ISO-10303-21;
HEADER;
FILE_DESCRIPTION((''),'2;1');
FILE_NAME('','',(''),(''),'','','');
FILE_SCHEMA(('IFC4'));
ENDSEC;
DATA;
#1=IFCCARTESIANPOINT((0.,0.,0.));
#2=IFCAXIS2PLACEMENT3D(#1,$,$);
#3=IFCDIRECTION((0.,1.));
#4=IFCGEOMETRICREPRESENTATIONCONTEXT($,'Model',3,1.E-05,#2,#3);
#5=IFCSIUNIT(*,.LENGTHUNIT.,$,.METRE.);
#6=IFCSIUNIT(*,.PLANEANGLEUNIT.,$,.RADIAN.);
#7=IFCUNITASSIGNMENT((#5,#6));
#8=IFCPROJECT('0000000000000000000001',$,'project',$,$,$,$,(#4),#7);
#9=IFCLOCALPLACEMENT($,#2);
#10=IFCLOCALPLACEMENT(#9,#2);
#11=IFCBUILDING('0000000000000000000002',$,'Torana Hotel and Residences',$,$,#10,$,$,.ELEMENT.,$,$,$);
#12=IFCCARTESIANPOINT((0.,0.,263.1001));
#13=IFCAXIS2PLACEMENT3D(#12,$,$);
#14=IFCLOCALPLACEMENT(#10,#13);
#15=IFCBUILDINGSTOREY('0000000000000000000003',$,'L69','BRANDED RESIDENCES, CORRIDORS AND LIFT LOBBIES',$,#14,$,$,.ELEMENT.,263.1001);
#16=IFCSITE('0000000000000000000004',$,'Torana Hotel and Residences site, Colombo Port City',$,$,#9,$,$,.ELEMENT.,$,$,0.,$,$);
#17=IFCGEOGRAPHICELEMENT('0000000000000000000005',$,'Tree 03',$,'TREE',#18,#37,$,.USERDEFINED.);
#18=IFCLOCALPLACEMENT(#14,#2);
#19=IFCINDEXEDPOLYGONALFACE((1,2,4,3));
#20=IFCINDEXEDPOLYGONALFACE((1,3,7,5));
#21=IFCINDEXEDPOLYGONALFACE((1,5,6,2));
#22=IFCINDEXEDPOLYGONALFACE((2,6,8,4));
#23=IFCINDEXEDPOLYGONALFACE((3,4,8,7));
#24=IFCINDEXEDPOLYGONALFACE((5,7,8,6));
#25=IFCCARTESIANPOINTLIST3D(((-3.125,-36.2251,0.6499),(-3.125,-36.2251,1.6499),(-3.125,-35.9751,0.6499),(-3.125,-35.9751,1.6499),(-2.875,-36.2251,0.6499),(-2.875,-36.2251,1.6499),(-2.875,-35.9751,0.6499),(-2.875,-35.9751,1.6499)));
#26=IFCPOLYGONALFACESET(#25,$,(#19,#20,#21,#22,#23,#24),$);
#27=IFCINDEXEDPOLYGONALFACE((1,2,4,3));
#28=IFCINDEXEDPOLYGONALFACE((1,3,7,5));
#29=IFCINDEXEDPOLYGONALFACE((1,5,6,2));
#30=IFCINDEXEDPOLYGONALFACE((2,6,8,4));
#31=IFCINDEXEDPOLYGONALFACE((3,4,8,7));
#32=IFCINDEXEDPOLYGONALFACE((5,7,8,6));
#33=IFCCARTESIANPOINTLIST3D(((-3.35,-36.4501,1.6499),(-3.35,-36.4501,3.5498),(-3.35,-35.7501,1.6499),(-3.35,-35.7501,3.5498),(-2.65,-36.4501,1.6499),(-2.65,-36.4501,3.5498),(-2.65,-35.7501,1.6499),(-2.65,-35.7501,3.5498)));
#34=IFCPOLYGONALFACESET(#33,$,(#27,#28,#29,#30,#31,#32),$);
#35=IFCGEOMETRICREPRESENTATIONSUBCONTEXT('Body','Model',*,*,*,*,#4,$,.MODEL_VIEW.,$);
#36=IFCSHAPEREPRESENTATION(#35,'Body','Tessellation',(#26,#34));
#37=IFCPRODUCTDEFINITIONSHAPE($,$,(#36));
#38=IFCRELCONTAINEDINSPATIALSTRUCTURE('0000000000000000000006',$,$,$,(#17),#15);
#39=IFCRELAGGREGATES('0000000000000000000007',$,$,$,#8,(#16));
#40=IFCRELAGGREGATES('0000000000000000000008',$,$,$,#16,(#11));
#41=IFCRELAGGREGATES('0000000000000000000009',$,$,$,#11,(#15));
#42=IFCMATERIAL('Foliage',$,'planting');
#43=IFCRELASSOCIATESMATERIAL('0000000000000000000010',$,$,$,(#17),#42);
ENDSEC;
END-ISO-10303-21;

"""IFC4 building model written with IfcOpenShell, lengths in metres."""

from ifc_helpers import new_model, si_unit, direction, frame, origin, origin_2d, place, context, subcontext, project, spatial, rectangle, extrude, material, element, save


model = new_model("IFC4")

# Units and contexts
model_context = context("Model", 3, precision=1e-05, world=origin(), true_north=direction((0.0, 1.0)))
body_context = subcontext(model_context, "Body", "Model", "MODEL_VIEW")
ifc_project = project(units=[si_unit("LENGTHUNIT", "METRE"), si_unit("PLANEANGLEUNIT", "RADIAN")], contexts=[model_context])

# Site, building, storey
site_placement = place(None, origin())
site = spatial("IfcSite", under=ifc_project, at=site_placement, Name="Torana Hotel and Residences site, Colombo Port City", CompositionType="ELEMENT", RefElevation=0.0)
building_placement = place(site_placement, origin())
building = spatial("IfcBuilding", under=site, at=building_placement, Name="Torana Hotel and Residences", CompositionType="ELEMENT")
storey_placement = place(building_placement, frame((0.0, 0.0, 263.1001)))
storey = spatial("IfcBuildingStorey", under=building, at=storey_placement, Name="L69", Description="BRANDED RESIDENCES, CORRIDORS AND LIFT LOBBIES", CompositionType="ELEMENT", Elevation=263.1001)

# Geographic element
ifc_material_1 = material(Name="Foliage", Category="planting")
for number, where, z_axis, x_axis, name in (
    (1, (-3.0, -36.1001, 0.6499), (0.0, 0.0, 1.0), (1.0, 0.0, 0.0), "Tree 03"),
):
    element("IfcGeographicElement", number, at=place(storey_placement, frame(where, z_axis=z_axis, x_axis=x_axis)), inside=storey, material=ifc_material_1, Name=name, ObjectType="TREE", PredefinedType="USERDEFINED", context=body_context, shape_type="SweptSolid", body=[
        extrude(rectangle(XDim=0.25, YDim=0.25, at=origin_2d()), origin(), (0.0, 0.0, 1.0), 1.0),
        extrude(rectangle(XDim=0.7, YDim=0.7, at=origin_2d()), frame((0.0, 0.0, 1.0)), (0.0, 0.0, 1.0), 1.8999),
    ])

save(model, "model.ifc")
